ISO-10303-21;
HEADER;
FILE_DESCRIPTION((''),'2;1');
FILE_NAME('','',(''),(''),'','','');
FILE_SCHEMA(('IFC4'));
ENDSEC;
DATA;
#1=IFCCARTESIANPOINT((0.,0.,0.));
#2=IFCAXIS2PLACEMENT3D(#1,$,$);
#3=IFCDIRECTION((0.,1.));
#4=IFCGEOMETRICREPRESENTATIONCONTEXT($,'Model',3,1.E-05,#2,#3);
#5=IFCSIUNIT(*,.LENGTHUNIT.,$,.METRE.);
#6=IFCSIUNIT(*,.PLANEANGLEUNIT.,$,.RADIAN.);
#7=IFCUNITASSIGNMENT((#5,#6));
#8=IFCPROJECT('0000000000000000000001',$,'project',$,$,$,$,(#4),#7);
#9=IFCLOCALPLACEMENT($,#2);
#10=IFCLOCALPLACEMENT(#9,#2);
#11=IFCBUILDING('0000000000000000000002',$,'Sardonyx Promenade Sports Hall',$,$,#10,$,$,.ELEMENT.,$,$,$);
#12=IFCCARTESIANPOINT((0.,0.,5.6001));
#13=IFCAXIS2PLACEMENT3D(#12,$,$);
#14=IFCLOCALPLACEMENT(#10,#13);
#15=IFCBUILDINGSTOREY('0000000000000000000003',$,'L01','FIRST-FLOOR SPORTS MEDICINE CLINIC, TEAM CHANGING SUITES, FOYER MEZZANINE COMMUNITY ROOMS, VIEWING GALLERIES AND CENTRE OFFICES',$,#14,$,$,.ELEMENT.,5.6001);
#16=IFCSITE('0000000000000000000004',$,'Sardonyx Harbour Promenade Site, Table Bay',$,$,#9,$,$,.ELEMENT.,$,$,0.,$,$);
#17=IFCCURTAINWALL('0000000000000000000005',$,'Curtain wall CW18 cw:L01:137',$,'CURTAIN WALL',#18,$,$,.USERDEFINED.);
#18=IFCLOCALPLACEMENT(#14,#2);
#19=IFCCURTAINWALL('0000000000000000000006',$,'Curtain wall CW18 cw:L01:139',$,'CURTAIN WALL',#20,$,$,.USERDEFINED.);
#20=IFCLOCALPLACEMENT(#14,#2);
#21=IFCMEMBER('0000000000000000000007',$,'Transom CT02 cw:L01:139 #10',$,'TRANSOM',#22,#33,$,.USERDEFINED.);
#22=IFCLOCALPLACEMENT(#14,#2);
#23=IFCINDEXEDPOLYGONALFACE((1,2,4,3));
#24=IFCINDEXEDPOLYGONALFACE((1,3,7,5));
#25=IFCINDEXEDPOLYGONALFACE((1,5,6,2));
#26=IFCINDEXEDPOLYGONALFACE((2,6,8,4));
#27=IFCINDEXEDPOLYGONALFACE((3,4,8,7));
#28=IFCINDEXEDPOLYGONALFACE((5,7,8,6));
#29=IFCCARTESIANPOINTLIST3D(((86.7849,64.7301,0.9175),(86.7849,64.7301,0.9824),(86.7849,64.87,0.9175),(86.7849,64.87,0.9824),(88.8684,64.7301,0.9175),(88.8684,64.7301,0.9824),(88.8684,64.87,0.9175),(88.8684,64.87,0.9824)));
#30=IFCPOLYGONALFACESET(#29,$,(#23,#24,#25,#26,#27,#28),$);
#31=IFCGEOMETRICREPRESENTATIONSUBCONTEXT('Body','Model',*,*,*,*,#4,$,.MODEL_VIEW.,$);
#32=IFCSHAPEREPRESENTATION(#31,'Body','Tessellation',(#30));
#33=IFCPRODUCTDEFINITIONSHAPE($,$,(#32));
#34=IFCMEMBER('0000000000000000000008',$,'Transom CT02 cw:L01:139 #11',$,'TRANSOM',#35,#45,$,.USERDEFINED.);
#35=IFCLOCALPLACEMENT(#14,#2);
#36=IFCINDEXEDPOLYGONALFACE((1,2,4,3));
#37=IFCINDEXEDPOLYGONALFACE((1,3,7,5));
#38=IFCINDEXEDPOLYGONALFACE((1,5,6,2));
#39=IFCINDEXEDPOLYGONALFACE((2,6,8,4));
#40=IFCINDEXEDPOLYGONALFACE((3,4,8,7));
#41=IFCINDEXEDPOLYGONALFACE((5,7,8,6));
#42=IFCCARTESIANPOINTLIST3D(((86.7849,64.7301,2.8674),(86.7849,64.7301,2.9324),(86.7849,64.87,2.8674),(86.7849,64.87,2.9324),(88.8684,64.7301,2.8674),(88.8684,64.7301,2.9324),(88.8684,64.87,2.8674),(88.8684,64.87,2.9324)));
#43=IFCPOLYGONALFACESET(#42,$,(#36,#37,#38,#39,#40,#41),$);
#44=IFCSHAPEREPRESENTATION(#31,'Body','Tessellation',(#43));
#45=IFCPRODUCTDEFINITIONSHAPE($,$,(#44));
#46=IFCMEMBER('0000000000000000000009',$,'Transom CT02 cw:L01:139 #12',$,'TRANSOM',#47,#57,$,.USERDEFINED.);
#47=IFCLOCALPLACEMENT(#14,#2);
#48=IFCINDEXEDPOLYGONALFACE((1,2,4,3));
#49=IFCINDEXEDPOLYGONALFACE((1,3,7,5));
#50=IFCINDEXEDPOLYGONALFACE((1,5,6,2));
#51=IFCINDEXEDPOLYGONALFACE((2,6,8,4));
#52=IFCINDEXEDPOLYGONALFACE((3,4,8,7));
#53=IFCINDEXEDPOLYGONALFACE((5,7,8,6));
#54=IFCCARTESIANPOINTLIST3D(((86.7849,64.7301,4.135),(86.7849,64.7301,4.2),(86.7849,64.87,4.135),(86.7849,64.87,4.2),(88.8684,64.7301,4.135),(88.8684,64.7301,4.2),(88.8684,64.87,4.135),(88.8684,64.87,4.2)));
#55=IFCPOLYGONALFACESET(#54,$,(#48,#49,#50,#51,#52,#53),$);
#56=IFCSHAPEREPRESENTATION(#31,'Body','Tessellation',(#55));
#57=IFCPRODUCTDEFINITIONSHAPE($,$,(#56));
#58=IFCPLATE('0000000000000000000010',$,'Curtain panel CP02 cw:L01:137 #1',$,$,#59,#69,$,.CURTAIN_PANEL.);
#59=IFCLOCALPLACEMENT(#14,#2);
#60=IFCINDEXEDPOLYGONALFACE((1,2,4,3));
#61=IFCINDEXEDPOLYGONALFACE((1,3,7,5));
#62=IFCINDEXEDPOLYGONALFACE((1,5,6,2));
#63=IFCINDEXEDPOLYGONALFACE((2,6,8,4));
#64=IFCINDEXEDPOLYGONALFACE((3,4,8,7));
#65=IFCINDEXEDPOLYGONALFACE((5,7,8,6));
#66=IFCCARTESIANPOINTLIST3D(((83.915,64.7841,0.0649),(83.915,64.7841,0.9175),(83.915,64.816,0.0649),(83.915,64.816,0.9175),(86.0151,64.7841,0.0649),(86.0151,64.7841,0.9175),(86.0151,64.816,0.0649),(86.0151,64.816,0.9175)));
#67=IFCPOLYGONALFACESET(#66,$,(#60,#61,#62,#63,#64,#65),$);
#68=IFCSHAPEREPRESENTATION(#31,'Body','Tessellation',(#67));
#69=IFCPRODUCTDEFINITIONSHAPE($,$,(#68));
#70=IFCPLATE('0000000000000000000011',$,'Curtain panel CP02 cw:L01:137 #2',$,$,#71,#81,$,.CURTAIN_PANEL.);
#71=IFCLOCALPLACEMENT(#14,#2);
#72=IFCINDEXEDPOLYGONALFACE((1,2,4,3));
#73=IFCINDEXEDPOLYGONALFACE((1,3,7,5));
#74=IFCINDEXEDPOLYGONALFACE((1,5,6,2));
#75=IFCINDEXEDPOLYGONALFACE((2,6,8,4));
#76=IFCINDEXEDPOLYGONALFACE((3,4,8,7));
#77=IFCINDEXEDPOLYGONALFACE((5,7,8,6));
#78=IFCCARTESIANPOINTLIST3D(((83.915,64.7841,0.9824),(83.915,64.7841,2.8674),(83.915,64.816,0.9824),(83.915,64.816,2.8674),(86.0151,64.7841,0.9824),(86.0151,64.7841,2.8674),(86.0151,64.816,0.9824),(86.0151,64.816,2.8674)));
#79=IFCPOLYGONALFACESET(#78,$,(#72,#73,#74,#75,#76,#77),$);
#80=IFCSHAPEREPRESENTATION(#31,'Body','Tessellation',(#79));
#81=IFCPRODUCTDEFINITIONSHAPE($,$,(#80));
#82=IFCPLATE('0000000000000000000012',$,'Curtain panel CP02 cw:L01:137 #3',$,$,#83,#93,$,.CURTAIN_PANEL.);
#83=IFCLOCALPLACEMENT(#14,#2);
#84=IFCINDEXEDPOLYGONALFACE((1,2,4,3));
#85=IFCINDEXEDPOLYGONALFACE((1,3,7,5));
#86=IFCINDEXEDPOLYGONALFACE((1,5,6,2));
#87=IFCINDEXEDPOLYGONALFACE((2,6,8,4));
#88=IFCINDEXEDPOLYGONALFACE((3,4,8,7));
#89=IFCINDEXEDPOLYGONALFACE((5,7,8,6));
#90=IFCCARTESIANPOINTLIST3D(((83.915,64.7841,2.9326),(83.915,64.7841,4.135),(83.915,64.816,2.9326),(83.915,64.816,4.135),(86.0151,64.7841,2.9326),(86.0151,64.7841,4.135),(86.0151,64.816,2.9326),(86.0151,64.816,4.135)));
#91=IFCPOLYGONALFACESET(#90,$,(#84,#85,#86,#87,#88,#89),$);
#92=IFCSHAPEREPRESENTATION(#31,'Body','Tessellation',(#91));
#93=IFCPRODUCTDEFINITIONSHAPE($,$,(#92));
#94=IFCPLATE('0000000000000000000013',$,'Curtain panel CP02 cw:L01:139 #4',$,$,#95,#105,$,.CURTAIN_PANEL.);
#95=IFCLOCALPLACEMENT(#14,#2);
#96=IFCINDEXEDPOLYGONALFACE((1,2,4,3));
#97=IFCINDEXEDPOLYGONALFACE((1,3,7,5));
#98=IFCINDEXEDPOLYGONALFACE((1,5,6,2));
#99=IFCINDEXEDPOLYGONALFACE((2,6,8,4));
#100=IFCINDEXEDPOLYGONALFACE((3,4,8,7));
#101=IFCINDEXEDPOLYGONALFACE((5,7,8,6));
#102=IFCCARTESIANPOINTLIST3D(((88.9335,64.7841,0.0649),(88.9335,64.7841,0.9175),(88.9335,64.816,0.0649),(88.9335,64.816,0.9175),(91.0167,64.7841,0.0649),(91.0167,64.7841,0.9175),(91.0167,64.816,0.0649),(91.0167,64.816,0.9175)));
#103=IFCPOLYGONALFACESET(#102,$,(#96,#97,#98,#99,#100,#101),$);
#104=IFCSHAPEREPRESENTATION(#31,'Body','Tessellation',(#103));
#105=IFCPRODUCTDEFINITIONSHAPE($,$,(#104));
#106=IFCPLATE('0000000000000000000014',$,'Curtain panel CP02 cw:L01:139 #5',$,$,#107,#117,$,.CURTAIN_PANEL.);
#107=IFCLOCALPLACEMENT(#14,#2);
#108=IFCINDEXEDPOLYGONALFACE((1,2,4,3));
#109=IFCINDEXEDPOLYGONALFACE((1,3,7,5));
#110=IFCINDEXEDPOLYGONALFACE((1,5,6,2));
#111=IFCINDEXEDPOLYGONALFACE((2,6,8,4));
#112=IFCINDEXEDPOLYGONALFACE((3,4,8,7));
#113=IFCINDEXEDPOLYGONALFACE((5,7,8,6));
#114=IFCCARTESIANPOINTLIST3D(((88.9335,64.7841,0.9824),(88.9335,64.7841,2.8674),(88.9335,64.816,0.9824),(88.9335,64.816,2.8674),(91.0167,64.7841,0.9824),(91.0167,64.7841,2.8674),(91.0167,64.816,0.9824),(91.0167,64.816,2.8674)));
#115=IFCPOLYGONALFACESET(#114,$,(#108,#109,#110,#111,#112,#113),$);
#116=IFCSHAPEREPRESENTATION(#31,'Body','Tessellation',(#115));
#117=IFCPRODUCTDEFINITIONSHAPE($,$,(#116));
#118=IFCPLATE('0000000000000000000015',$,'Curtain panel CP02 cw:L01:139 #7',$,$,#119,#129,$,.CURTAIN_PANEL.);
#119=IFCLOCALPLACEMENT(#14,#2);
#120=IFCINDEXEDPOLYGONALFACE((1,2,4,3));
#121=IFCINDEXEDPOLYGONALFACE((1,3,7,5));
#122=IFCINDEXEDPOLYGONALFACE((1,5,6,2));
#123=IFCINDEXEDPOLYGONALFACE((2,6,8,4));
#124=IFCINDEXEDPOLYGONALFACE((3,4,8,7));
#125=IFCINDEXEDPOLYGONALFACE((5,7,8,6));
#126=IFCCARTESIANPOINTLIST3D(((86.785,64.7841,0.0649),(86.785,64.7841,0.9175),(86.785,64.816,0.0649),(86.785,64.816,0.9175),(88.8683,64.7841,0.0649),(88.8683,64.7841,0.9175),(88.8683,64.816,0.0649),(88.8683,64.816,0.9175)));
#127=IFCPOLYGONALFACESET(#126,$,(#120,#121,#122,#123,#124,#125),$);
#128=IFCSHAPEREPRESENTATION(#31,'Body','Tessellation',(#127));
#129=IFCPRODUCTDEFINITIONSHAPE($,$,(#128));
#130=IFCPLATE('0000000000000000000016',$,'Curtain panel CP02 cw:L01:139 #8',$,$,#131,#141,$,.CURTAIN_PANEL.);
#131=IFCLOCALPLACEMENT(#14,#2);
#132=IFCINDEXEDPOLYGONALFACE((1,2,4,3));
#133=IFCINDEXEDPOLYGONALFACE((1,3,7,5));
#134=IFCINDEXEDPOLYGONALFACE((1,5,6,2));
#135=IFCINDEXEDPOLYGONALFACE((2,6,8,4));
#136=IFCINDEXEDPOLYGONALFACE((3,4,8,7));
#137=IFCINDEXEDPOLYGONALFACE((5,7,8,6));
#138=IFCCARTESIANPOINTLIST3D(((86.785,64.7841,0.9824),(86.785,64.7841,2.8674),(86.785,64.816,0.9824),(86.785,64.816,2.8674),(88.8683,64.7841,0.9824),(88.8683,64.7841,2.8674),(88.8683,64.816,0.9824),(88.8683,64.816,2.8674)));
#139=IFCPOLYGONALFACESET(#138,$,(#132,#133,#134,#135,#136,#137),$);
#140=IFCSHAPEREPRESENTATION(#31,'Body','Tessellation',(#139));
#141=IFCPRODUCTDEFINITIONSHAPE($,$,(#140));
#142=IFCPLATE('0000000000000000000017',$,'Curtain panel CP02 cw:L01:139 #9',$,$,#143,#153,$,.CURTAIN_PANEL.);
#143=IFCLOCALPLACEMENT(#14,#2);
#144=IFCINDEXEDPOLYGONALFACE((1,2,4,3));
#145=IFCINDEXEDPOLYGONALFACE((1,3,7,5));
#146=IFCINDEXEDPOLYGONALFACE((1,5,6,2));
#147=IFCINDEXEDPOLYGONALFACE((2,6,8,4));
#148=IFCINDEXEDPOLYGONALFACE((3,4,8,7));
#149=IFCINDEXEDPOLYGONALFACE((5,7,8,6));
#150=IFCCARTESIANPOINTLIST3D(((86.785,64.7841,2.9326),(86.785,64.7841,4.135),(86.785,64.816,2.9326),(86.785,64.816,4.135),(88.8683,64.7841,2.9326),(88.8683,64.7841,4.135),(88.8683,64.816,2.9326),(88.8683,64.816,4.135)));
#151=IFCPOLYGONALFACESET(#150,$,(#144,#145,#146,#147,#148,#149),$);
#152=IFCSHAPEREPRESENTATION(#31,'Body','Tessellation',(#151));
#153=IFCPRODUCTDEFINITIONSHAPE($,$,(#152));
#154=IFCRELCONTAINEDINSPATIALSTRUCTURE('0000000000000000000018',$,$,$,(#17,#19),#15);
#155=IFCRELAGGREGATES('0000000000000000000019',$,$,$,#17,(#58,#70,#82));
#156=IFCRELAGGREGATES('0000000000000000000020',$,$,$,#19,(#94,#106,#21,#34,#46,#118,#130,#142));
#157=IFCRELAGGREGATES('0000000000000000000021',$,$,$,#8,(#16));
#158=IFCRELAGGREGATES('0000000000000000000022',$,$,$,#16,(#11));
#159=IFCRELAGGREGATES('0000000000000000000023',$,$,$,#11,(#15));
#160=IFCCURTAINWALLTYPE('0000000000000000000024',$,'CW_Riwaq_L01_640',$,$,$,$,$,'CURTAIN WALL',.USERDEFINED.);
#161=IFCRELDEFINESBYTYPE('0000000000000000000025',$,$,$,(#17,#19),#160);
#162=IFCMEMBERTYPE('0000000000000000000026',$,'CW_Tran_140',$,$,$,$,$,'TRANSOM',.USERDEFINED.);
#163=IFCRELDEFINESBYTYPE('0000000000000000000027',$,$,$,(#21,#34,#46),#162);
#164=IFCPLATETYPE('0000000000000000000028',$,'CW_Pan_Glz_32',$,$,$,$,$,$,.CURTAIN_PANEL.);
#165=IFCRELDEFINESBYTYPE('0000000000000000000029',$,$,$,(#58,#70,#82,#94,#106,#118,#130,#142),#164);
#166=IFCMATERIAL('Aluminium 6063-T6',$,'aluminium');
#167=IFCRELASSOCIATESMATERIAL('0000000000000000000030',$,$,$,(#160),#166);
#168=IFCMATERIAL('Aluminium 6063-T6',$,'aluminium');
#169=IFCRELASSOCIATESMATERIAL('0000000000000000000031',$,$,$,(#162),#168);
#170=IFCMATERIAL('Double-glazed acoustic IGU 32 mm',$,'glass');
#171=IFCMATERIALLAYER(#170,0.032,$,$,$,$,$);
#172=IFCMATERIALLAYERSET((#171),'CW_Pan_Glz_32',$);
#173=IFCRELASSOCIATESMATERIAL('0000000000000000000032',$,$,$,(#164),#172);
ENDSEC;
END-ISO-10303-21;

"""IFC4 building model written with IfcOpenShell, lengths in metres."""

from ifc_helpers import new_model, si_unit, direction, frame, origin, origin_2d, place, context, subcontext, project, spatial, rectangle, extrude, material, layer, layer_set, material_profile, profile_set, type_object, element, aggregate, save


model = new_model("IFC4")

# Units and contexts
model_context = context("Model", 3, precision=1e-05, world=origin(), true_north=direction((0.0, 1.0)))
body_context = subcontext(model_context, "Body", "Model", "MODEL_VIEW")
ifc_project = project(units=[si_unit("LENGTHUNIT", "METRE"), si_unit("PLANEANGLEUNIT", "RADIAN")], contexts=[model_context])

# Site, building, storey
site_placement = place(None, origin())
site = spatial("IfcSite", under=ifc_project, at=site_placement, Name="Sardonyx Harbour Promenade Site, Table Bay", CompositionType="ELEMENT", RefElevation=0.0)
building_placement = place(site_placement, origin())
building = spatial("IfcBuilding", under=site, at=building_placement, Name="Sardonyx Promenade Sports Hall", CompositionType="ELEMENT")
storey_placement = place(building_placement, frame((0.0, 0.0, 5.6001)))
storey = spatial("IfcBuildingStorey", under=building, at=storey_placement, Name="L01", Description="FIRST-FLOOR SPORTS MEDICINE CLINIC, TEAM CHANGING SUITES, FOYER MEZZANINE COMMUNITY ROOMS, VIEWING GALLERIES AND CENTRE OFFICES", CompositionType="ELEMENT", Elevation=5.6001)

# Curtain walls
ifc_material_1 = material(Name="Aluminium 6063-T6", Category="aluminium")
curtain_wall_type = type_object("IfcCurtainWallType", Name="CW_Riwaq_L01_640", ElementType="CURTAIN WALL", PredefinedType="USERDEFINED", material=ifc_material_1)
curtain_wall_1_placement = place(storey_placement, origin())
curtain_wall_1 = element("IfcCurtainWall", 1, at=curtain_wall_1_placement, inside=storey, type_object=curtain_wall_type, Name="Curtain wall CW18 cw:L01:137", ObjectType="CURTAIN WALL", PredefinedType="USERDEFINED")
curtain_wall_2_placement = place(storey_placement, origin())
curtain_wall_2 = element("IfcCurtainWall", 2, at=curtain_wall_2_placement, inside=storey, type_object=curtain_wall_type, Name="Curtain wall CW18 cw:L01:139", ObjectType="CURTAIN WALL", PredefinedType="USERDEFINED")

# Members
ifc_material_2 = material(Name="Aluminium 6063-T6", Category="aluminium")
ifc_material_profile_1 = material_profile(ifc_material_2, rectangle(XDim=0.0649, YDim=0.1399, at=origin_2d()))
ifc_profile_set_1 = profile_set([ifc_material_profile_1], Name="Aluminium 6063-T6")
member_type_1 = type_object("IfcMemberType", Name="CW_Tran_140", ElementType="TRANSOM", PredefinedType="USERDEFINED", material=ifc_profile_set_1)
member_1_placement = place(storey_placement, frame((88.8684, 64.8, 0.95), z_axis=(-1.0, 0.0, 0.0), x_axis=(0.0, 0.0, 1.0)))
member_1 = element("IfcMember", 3, at=member_1_placement, type_object=member_type_1, Name="Transom CT02 cw:L01:139 #10", ObjectType="TRANSOM", PredefinedType="USERDEFINED", context=body_context, shape_type="SweptSolid", body=[
    extrude(rectangle(XDim=0.0649, YDim=0.1399, at=origin_2d()), origin(), (0.0, 0.0, 1.0), 2.0835),
])
member_2_placement = place(storey_placement, frame((88.8684, 64.8, 2.8999), z_axis=(-1.0, 0.0, 0.0), x_axis=(0.0, 0.0, 1.0)))
member_2 = element("IfcMember", 4, at=member_2_placement, type_object=member_type_1, Name="Transom CT02 cw:L01:139 #11", ObjectType="TRANSOM", PredefinedType="USERDEFINED", context=body_context, shape_type="SweptSolid", body=[
    extrude(rectangle(XDim=0.0649, YDim=0.1399, at=origin_2d()), origin(), (0.0, 0.0, 1.0), 2.0835),
])
member_3_placement = place(storey_placement, frame((88.8684, 64.8, 4.1675), z_axis=(-1.0, 0.0, 0.0), x_axis=(0.0, 0.0, 1.0)))
member_3 = element("IfcMember", 5, at=member_3_placement, type_object=member_type_1, Name="Transom CT02 cw:L01:139 #12", ObjectType="TRANSOM", PredefinedType="USERDEFINED", context=body_context, shape_type="SweptSolid", body=[
    extrude(rectangle(XDim=0.0649, YDim=0.1399, at=origin_2d()), origin(), (0.0, 0.0, 1.0), 2.0835),
])

# Plates
ifc_material_3 = material(Name="Double-glazed acoustic IGU 32 mm", Category="glass")
ifc_layer = layer(ifc_material_3, 0.032)
ifc_layer_set = layer_set([ifc_layer], Name="CW_Pan_Glz_32")
plate_type = type_object("IfcPlateType", Name="CW_Pan_Glz_32", PredefinedType="CURTAIN_PANEL", material=ifc_layer_set)
plate_1_placement = place(storey_placement, frame((84.9651, 64.8, 0.0649), z_axis=(0.0, 0.0, 1.0), x_axis=(-1.0, 0.0, 0.0)))
plate_1 = element("IfcPlate", 6, at=plate_1_placement, type_object=plate_type, Name="Curtain panel CP02 cw:L01:137 #1", PredefinedType="CURTAIN_PANEL", context=body_context, shape_type="SweptSolid", body=[
    extrude(rectangle(XDim=2.1001, YDim=0.032, at=origin_2d()), origin(), (0.0, 0.0, 1.0), 0.8525),
])
plate_2_placement = place(storey_placement, frame((84.9651, 64.8, 0.9824), z_axis=(0.0, 0.0, 1.0), x_axis=(-1.0, 0.0, 0.0)))
plate_2 = element("IfcPlate", 7, at=plate_2_placement, type_object=plate_type, Name="Curtain panel CP02 cw:L01:137 #2", PredefinedType="CURTAIN_PANEL", context=body_context, shape_type="SweptSolid", body=[
    extrude(rectangle(XDim=2.1001, YDim=0.032, at=origin_2d()), origin(), (0.0, 0.0, 1.0), 1.885),
])
plate_3_placement = place(storey_placement, frame((84.9651, 64.8, 2.9326), z_axis=(0.0, 0.0, 1.0), x_axis=(-1.0, 0.0, 0.0)))
plate_3 = element("IfcPlate", 8, at=plate_3_placement, type_object=plate_type, Name="Curtain panel CP02 cw:L01:137 #3", PredefinedType="CURTAIN_PANEL", context=body_context, shape_type="SweptSolid", body=[
    extrude(rectangle(XDim=2.1001, YDim=0.032, at=origin_2d()), origin(), (0.0, 0.0, 1.0), 1.2024),
])
aggregate(curtain_wall_1, [plate_1, plate_2, plate_3])
plate_4_placement = place(storey_placement, frame((89.9751, 64.8, 0.0649), z_axis=(0.0, 0.0, 1.0), x_axis=(-1.0, 0.0, 0.0)))
plate_4 = element("IfcPlate", 9, at=plate_4_placement, type_object=plate_type, Name="Curtain panel CP02 cw:L01:139 #4", PredefinedType="CURTAIN_PANEL", context=body_context, shape_type="SweptSolid", body=[
    extrude(rectangle(XDim=2.0833, YDim=0.032, at=origin_2d()), origin(), (0.0, 0.0, 1.0), 0.8525),
])
plate_5_placement = place(storey_placement, frame((89.9751, 64.8, 0.9824), z_axis=(0.0, 0.0, 1.0), x_axis=(-1.0, 0.0, 0.0)))
plate_5 = element("IfcPlate", 10, at=plate_5_placement, type_object=plate_type, Name="Curtain panel CP02 cw:L01:139 #5", PredefinedType="CURTAIN_PANEL", context=body_context, shape_type="SweptSolid", body=[
    extrude(rectangle(XDim=2.0833, YDim=0.032, at=origin_2d()), origin(), (0.0, 0.0, 1.0), 1.885),
])
plate_6_placement = place(storey_placement, frame((87.8267, 64.8, 0.0649), z_axis=(0.0, 0.0, 1.0), x_axis=(-1.0, 0.0, 0.0)))
plate_6 = element("IfcPlate", 11, at=plate_6_placement, type_object=plate_type, Name="Curtain panel CP02 cw:L01:139 #7", PredefinedType="CURTAIN_PANEL", context=body_context, shape_type="SweptSolid", body=[
    extrude(rectangle(XDim=2.0833, YDim=0.032, at=origin_2d()), origin(), (0.0, 0.0, 1.0), 0.8525),
])
plate_7_placement = place(storey_placement, frame((87.8267, 64.8, 0.9824), z_axis=(0.0, 0.0, 1.0), x_axis=(-1.0, 0.0, 0.0)))
plate_7 = element("IfcPlate", 12, at=plate_7_placement, type_object=plate_type, Name="Curtain panel CP02 cw:L01:139 #8", PredefinedType="CURTAIN_PANEL", context=body_context, shape_type="SweptSolid", body=[
    extrude(rectangle(XDim=2.0833, YDim=0.032, at=origin_2d()), origin(), (0.0, 0.0, 1.0), 1.885),
])
plate_8_placement = place(storey_placement, frame((87.8267, 64.8, 2.9326), z_axis=(0.0, 0.0, 1.0), x_axis=(-1.0, 0.0, 0.0)))
plate_8 = element("IfcPlate", 13, at=plate_8_placement, type_object=plate_type, Name="Curtain panel CP02 cw:L01:139 #9", PredefinedType="CURTAIN_PANEL", context=body_context, shape_type="SweptSolid", body=[
    extrude(rectangle(XDim=2.0833, YDim=0.032, at=origin_2d()), origin(), (0.0, 0.0, 1.0), 1.2024),
])
aggregate(curtain_wall_2, [plate_4, plate_5, member_1, member_2, member_3, plate_6, plate_7, plate_8])

save(model, "model.ifc")
